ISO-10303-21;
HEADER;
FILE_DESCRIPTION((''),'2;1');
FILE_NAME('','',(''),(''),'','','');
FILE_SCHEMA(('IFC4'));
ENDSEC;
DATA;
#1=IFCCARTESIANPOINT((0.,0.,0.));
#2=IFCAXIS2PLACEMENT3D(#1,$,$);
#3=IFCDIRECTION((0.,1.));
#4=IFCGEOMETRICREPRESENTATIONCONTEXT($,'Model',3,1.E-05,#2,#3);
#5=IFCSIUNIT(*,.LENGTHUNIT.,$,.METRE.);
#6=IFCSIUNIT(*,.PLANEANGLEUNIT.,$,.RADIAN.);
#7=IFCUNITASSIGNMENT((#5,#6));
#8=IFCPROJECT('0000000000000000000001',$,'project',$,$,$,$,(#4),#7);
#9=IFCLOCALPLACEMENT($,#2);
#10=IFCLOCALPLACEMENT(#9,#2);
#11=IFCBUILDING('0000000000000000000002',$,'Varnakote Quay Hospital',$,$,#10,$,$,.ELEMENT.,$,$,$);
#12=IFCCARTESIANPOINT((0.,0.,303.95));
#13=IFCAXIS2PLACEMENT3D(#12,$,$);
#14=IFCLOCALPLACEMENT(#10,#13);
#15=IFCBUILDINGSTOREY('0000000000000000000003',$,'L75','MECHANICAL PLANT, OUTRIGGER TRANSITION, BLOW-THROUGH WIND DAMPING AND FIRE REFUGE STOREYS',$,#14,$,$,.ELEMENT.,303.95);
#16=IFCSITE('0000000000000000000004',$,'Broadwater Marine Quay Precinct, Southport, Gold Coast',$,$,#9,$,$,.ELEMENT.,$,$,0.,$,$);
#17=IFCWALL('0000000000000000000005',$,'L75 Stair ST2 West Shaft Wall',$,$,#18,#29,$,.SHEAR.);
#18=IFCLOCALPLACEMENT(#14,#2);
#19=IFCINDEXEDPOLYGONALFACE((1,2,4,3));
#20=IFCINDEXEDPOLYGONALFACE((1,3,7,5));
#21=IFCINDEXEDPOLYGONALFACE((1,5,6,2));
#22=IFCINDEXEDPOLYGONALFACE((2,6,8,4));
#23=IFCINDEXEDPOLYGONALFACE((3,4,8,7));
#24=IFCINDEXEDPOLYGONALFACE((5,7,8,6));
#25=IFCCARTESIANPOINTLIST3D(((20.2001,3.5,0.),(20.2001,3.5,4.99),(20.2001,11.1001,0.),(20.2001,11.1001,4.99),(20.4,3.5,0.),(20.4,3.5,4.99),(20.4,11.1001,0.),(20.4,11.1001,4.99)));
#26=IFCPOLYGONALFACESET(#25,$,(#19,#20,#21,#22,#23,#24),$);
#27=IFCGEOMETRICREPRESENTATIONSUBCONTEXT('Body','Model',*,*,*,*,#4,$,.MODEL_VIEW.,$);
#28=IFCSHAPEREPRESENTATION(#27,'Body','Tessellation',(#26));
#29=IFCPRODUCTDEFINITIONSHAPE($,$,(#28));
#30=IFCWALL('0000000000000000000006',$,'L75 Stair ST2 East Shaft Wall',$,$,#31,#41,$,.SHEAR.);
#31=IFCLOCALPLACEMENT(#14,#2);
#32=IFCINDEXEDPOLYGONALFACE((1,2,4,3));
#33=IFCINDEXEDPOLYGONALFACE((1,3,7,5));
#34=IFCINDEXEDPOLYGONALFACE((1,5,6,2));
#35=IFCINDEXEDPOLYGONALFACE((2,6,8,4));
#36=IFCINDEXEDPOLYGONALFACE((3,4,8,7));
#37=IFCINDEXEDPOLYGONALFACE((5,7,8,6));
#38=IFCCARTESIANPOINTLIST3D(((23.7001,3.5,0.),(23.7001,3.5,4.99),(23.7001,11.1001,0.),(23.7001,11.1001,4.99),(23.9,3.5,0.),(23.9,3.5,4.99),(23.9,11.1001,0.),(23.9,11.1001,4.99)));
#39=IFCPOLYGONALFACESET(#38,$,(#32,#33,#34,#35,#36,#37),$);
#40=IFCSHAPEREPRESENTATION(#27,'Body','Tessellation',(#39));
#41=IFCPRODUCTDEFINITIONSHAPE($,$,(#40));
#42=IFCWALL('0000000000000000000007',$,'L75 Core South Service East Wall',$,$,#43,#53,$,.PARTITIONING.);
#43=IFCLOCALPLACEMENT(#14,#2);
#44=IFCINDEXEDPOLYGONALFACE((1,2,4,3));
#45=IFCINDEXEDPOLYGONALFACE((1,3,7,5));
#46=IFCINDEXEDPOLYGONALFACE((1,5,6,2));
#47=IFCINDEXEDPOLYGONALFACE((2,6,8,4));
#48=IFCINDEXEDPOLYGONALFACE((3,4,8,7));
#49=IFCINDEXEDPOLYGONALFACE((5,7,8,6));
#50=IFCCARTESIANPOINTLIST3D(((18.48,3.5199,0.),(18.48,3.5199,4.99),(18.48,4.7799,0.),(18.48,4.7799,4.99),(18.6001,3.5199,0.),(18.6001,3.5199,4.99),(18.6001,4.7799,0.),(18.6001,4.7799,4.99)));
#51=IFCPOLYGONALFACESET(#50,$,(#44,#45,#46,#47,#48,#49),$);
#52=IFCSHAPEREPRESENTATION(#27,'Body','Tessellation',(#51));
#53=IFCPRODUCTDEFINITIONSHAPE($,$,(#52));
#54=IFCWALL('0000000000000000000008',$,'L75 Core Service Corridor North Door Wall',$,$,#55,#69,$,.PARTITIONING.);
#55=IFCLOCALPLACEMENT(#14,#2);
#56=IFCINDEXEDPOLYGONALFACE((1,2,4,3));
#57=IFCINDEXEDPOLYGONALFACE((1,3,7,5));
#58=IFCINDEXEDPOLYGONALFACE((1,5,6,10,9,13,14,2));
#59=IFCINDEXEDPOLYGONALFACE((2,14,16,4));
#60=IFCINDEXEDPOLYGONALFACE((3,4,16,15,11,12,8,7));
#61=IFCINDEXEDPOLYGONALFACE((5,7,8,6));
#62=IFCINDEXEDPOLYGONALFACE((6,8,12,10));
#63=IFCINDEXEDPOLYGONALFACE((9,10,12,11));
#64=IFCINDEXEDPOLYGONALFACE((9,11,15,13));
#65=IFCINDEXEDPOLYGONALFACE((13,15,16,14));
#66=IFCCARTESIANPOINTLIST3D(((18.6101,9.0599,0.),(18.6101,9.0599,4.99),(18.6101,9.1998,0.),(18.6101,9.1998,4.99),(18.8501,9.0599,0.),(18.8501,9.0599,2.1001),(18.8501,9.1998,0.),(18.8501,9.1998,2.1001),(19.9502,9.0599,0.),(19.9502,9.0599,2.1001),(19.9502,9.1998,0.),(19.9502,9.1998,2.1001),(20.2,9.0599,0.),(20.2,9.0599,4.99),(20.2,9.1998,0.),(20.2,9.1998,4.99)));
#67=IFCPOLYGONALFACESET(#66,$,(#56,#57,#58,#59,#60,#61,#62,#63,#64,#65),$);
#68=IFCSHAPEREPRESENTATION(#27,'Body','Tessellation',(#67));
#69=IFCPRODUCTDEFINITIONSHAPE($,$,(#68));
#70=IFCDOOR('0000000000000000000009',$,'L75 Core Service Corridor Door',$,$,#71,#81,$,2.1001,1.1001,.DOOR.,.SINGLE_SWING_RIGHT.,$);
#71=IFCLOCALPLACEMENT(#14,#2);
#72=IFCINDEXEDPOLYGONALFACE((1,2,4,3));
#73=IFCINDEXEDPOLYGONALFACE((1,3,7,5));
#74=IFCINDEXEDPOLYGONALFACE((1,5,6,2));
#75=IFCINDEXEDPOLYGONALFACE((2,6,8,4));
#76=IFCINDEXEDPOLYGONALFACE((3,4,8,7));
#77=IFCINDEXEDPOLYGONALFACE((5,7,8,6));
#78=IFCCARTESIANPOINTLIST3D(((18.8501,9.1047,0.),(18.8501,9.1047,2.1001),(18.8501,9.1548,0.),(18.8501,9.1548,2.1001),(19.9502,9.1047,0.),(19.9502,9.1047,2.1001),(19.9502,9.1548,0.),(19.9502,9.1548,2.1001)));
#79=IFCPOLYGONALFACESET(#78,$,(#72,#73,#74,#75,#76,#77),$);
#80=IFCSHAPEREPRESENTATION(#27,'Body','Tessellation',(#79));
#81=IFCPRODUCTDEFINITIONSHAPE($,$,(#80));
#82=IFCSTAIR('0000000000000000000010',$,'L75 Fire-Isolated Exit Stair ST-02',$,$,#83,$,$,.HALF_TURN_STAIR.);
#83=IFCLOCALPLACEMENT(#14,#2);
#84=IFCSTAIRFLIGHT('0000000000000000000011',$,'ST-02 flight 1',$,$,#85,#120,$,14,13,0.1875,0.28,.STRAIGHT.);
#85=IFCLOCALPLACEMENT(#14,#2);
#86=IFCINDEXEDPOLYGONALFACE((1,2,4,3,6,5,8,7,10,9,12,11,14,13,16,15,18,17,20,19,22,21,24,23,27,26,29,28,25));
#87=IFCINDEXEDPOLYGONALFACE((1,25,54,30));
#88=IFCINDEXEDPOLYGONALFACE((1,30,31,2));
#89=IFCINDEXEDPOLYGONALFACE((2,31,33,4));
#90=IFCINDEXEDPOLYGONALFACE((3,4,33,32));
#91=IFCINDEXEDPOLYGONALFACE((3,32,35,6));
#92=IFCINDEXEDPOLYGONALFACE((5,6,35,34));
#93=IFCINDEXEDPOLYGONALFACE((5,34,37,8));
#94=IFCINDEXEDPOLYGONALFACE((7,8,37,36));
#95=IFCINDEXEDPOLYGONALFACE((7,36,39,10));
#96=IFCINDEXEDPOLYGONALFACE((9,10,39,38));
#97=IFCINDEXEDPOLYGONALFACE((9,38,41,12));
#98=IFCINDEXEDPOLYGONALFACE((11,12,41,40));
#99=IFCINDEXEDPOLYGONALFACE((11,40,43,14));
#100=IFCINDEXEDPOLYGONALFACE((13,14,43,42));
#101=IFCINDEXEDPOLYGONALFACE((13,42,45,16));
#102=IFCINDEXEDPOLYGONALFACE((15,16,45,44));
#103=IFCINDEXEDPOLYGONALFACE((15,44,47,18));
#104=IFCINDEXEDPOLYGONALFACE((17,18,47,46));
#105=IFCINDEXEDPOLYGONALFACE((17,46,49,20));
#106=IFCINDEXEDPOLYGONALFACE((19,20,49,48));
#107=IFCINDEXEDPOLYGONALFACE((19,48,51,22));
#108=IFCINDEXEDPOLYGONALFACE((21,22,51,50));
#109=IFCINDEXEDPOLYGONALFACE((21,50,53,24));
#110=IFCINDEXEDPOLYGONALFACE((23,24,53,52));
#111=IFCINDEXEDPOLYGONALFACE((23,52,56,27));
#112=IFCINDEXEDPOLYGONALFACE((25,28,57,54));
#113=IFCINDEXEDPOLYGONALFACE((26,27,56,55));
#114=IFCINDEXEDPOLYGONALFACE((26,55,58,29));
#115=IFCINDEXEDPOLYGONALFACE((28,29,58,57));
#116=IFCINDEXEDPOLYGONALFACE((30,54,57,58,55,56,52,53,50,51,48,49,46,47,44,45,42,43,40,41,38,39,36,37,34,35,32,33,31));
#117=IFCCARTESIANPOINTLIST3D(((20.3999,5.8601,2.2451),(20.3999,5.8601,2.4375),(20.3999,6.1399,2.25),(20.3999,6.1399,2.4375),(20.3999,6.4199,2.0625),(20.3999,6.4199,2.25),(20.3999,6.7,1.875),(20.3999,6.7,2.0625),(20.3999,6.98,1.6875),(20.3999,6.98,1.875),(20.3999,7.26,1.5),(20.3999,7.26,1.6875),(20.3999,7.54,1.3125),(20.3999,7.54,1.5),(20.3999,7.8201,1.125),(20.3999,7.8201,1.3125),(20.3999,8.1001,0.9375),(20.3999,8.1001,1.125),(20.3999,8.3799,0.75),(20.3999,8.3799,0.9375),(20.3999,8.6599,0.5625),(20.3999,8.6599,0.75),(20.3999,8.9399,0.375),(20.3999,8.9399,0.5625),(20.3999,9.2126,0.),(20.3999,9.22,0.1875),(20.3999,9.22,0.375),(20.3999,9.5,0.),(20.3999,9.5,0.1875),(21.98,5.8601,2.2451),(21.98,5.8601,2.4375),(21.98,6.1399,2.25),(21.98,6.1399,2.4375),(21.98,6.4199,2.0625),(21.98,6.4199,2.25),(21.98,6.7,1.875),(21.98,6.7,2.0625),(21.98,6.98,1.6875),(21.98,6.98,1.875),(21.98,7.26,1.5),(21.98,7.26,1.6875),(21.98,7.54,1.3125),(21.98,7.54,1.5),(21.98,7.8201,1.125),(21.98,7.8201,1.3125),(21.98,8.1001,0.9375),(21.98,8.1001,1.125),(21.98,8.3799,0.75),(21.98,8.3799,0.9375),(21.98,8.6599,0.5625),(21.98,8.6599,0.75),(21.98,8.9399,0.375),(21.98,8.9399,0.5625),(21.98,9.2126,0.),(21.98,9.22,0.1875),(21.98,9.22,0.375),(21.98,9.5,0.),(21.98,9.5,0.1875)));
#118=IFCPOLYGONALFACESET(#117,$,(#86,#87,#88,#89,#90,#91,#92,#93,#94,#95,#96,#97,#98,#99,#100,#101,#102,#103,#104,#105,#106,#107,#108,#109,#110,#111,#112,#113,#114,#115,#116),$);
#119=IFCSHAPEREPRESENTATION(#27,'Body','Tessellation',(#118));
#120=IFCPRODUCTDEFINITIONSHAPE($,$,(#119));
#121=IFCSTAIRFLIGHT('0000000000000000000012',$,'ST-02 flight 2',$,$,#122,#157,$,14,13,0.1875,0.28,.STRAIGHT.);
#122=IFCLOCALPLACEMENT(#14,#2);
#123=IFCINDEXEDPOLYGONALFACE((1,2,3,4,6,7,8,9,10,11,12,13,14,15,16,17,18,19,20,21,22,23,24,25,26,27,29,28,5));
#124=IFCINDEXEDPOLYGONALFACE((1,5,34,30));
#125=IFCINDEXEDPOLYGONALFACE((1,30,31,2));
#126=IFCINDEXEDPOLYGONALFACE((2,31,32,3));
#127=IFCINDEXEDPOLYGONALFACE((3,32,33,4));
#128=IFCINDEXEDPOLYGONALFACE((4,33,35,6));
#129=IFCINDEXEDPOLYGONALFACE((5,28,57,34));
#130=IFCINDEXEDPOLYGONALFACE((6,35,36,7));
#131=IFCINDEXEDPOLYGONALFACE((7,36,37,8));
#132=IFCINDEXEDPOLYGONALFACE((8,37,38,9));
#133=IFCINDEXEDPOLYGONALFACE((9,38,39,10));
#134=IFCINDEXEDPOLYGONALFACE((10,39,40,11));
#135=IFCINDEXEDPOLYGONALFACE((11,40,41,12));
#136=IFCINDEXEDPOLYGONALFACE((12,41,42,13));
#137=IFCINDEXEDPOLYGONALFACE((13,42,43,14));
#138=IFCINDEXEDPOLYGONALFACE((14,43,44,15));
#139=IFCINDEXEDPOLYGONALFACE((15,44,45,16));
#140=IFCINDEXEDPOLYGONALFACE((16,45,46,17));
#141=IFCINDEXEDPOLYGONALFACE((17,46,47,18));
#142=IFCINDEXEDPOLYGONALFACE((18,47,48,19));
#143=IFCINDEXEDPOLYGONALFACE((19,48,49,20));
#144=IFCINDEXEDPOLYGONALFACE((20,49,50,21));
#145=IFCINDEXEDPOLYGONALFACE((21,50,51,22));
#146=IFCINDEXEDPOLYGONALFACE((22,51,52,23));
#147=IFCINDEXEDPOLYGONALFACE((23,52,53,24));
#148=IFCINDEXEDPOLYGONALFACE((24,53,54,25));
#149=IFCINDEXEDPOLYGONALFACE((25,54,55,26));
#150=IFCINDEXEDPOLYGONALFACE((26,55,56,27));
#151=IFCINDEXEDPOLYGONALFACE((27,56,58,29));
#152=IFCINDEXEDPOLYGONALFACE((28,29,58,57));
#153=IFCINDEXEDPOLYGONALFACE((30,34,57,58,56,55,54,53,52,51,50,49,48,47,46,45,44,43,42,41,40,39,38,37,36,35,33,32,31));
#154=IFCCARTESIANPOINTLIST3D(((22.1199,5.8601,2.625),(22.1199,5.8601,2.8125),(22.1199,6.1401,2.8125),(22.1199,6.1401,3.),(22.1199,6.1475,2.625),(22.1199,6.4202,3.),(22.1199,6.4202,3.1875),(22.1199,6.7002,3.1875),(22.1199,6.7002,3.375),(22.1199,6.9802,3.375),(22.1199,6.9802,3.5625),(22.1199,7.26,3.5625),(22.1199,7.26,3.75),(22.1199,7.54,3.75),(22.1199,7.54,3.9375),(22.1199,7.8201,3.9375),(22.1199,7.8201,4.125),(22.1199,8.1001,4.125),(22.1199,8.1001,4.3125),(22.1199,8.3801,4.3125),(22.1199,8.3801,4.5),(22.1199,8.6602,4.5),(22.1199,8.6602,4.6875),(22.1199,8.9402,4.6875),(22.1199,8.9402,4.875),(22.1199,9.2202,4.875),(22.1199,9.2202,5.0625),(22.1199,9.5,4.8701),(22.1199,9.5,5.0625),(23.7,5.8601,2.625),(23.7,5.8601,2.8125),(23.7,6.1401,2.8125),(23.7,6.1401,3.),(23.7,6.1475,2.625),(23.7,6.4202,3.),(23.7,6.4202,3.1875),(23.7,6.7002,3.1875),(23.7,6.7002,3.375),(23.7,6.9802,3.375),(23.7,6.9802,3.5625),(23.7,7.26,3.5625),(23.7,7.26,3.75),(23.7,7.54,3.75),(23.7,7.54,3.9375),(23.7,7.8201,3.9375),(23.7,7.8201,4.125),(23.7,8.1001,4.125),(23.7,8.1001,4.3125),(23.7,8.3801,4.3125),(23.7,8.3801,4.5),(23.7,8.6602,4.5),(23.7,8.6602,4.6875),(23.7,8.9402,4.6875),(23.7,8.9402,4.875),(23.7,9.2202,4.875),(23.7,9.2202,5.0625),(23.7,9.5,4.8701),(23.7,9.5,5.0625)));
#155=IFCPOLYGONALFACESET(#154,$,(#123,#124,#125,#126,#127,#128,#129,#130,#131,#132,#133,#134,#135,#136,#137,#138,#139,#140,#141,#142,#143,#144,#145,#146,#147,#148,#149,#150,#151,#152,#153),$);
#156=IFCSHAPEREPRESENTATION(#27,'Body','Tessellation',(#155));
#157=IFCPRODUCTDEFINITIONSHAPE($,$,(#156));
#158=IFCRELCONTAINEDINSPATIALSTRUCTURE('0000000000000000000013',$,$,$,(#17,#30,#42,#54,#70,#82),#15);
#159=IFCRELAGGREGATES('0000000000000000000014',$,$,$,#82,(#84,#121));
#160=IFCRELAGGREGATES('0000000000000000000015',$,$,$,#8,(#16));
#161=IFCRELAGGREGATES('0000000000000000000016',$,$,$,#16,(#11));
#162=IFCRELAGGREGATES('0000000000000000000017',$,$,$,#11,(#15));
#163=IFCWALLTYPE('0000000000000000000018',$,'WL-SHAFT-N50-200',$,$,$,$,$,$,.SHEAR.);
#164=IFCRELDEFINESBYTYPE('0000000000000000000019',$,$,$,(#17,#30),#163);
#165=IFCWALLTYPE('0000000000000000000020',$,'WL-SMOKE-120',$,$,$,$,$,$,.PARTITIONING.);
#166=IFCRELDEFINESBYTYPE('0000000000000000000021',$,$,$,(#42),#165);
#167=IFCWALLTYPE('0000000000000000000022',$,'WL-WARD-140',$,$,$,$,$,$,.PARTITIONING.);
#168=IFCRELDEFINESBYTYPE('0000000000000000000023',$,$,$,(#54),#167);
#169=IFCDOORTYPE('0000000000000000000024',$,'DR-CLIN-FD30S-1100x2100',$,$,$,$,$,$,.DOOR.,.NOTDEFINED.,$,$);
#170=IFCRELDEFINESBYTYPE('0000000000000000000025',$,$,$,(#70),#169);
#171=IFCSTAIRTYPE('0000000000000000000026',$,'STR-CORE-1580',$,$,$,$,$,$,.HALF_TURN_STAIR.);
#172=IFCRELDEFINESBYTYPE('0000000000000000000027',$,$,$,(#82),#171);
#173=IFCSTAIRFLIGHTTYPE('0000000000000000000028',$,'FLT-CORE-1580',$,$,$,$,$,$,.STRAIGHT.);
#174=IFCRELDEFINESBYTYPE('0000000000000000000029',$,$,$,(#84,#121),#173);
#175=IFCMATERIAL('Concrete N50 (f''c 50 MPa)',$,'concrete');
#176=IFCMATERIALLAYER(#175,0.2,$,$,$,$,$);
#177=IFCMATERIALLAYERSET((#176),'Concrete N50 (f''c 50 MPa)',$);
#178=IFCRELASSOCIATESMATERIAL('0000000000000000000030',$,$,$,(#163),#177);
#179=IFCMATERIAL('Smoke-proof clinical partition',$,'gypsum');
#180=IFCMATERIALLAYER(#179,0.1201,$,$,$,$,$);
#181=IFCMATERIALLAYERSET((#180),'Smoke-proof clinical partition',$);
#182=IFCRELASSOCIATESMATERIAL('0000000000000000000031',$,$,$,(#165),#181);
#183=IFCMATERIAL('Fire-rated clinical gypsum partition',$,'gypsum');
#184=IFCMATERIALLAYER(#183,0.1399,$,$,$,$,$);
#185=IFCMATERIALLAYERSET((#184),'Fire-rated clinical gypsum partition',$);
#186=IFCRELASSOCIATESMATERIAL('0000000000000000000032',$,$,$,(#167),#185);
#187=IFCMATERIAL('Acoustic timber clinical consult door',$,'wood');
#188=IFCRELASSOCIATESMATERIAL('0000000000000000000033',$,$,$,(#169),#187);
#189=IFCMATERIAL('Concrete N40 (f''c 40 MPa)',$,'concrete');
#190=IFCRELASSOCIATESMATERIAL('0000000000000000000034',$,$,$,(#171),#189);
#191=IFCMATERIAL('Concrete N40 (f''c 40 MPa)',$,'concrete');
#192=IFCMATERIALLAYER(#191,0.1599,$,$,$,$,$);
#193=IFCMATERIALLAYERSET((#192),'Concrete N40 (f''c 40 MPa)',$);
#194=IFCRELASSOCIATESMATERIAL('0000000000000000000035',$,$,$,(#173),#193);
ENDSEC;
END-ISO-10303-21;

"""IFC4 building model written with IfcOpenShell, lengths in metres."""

from ifc_helpers import new_model, si_unit, direction, frame, frame_2d, origin, place, context, subcontext, project, spatial, polyline, rectangle, outline, extrude, material, layer, layer_set, type_object, element, fill, aggregate, save


model = new_model("IFC4")

# Units and contexts
model_context = context("Model", 3, precision=1e-05, world=origin(), true_north=direction((0.0, 1.0)))
body_context = subcontext(model_context, "Body", "Model", "MODEL_VIEW")
ifc_project = project(units=[si_unit("LENGTHUNIT", "METRE"), si_unit("PLANEANGLEUNIT", "RADIAN")], contexts=[model_context])

# Site, building, storey
site_placement = place(None, origin())
site = spatial("IfcSite", under=ifc_project, at=site_placement, Name="Broadwater Marine Quay Precinct, Southport, Gold Coast", CompositionType="ELEMENT", RefElevation=0.0)
building_placement = place(site_placement, origin())
building = spatial("IfcBuilding", under=site, at=building_placement, Name="Varnakote Quay Hospital", CompositionType="ELEMENT")
storey_placement = place(building_placement, frame((0.0, 0.0, 303.95)))
storey = spatial("IfcBuildingStorey", under=building, at=storey_placement, Name="L75", Description="MECHANICAL PLANT, OUTRIGGER TRANSITION, BLOW-THROUGH WIND DAMPING AND FIRE REFUGE STOREYS", CompositionType="ELEMENT", Elevation=303.95)

# Walls
ifc_material_1 = material(Name="Concrete N50 (f'c 50 MPa)", Category="concrete")
ifc_layer_1 = layer(ifc_material_1, 0.2)
ifc_layer_set_1 = layer_set([ifc_layer_1], Name="Concrete N50 (f'c 50 MPa)")
wall_type_1 = type_object("IfcWallType", Name="WL-SHAFT-N50-200", PredefinedType="SHEAR", material=ifc_layer_set_1)
for number, where, z_axis, x_axis, name in (
    (1, (20.3, 3.5, 0.0), (0.0, 0.0, 1.0), (0.0, 1.0, 0.0), "L75 Stair ST2 West Shaft Wall"),
    (2, (23.8, 3.5, 0.0), (0.0, 0.0, 1.0), (0.0, 1.0, 0.0), "L75 Stair ST2 East Shaft Wall"),
):
    element("IfcWall", number, at=place(storey_placement, frame(where, z_axis=z_axis, x_axis=x_axis)), inside=storey, type_object=wall_type_1, Name=name, PredefinedType="SHEAR", context=body_context, shape_type="SweptSolid", body=[
        extrude(rectangle(XDim=7.6001, YDim=0.2, at=frame_2d((3.8, 0.0))), origin(), (0.0, 0.0, 1.0), 4.99),
    ])

# Wall
ifc_material_2 = material(Name="Smoke-proof clinical partition", Category="gypsum")
ifc_layer_2 = layer(ifc_material_2, 0.1201)
ifc_layer_set_2 = layer_set([ifc_layer_2], Name="Smoke-proof clinical partition")
wall_type_2 = type_object("IfcWallType", Name="WL-SMOKE-120", PredefinedType="PARTITIONING", material=ifc_layer_set_2)
wall_1_placement = place(storey_placement, frame((18.54, 3.52, 0.0), z_axis=(0.0, 0.0, 1.0), x_axis=(0.0, 1.0, 0.0)))
element("IfcWall", 3, at=wall_1_placement, inside=storey, type_object=wall_type_2, Name="L75 Core South Service East Wall", PredefinedType="PARTITIONING", context=body_context, shape_type="SweptSolid", body=[
    extrude(rectangle(XDim=1.26, YDim=0.1201, at=frame_2d((0.6299, 0.0))), origin(), (0.0, 0.0, 1.0), 4.99),
])

# Wall, opening, door
ifc_material_3 = material(Name="Fire-rated clinical gypsum partition", Category="gypsum")
ifc_layer_3 = layer(ifc_material_3, 0.1399)
ifc_layer_set_3 = layer_set([ifc_layer_3], Name="Fire-rated clinical gypsum partition")
wall_type_3 = type_object("IfcWallType", Name="WL-WARD-140", PredefinedType="PARTITIONING", material=ifc_layer_set_3)
wall_2_placement = place(storey_placement, frame((18.6101, 9.1299, 0.0), z_axis=(0.0, 0.0, 1.0), x_axis=(1.0, 0.0, 0.0)))
wall_2 = element("IfcWall", 4, at=wall_2_placement, inside=storey, type_object=wall_type_3, Name="L75 Core Service Corridor North Door Wall", PredefinedType="PARTITIONING", context=body_context, shape_type="SweptSolid", body=[
    extrude(rectangle(XDim=1.5898, YDim=0.1399, at=frame_2d((0.7949, 0.0))), origin(), (0.0, 0.0, 1.0), 4.99),
])
opening_1_placement = place(wall_2_placement, frame((0.24, 0.0, 0.0)))
opening_1 = element("IfcOpeningElement", 5, at=opening_1_placement, cuts=wall_2, PredefinedType="OPENING", context=body_context, shape_type="SweptSolid", body=[
    extrude(rectangle(XDim=1.1001, YDim=2.1001, at=frame_2d((0.55, 1.05))), frame((0.0, 0.0798, 0.0), z_axis=(0.0, -1.0, 0.0), x_axis=(1.0, 0.0, 0.0)), (0.0, 0.0, 1.0), 0.1599),
])
ifc_material_4 = material(Name="Acoustic timber clinical consult door", Category="wood")
door_type_1 = type_object("IfcDoorType", Name="DR-CLIN-FD30S-1100x2100", OperationType="NOTDEFINED", PredefinedType="DOOR", material=ifc_material_4)
door_1_placement = place(opening_1_placement, origin())
door_1 = element("IfcDoor", 6, at=door_1_placement, inside=storey, type_object=door_type_1, Name="L75 Core Service Corridor Door", OperationType="SINGLE_SWING_RIGHT", OverallHeight=2.1001, OverallWidth=1.1001, PredefinedType="DOOR", context=body_context, shape_type="SweptSolid", body=[
    extrude(rectangle(XDim=1.1001, YDim=2.1001, at=frame_2d((0.55, 1.05))), frame((0.0, 0.0249, 0.0), z_axis=(0.0, -1.0, 0.0), x_axis=(1.0, 0.0, 0.0)), (0.0, 0.0, 1.0), 0.05),
])
fill(opening_1, door_1)

# Stair, stair flights
ifc_material_5 = material(Name="Concrete N40 (f'c 40 MPa)", Category="concrete")
stair_type = type_object("IfcStairType", Name="STR-CORE-1580", PredefinedType="HALF_TURN_STAIR", material=ifc_material_5)
stair_placement = place(storey_placement, origin())
stair = element("IfcStair", 7, at=stair_placement, inside=storey, type_object=stair_type, Name="L75 Fire-Isolated Exit Stair ST-02", PredefinedType="HALF_TURN_STAIR")
ifc_material_6 = material(Name="Concrete N40 (f'c 40 MPa)", Category="concrete")
ifc_layer_4 = layer(ifc_material_6, 0.1599)
ifc_layer_set_4 = layer_set([ifc_layer_4], Name="Concrete N40 (f'c 40 MPa)")
stair_flight_type = type_object("IfcStairFlightType", Name="FLT-CORE-1580", PredefinedType="STRAIGHT", material=ifc_layer_set_4)
stair_flight_1_placement = place(storey_placement, frame((21.1899, 9.5, 0.0), z_axis=(0.0, 0.0, 1.0), x_axis=(0.0, -1.0, 0.0)))
stair_flight_1 = element("IfcStairFlight", 8, at=stair_flight_1_placement, type_object=stair_flight_type, Name="ST-02 flight 1", NumberOfRisers=14, NumberOfTreads=13, PredefinedType="STRAIGHT", RiserHeight=0.1875, TreadLength=0.28, context=body_context, shape_type="SweptSolid", body=[
    extrude(outline(polyline([(0.0, 0.0), (0.0, 0.1875), (0.28, 0.1875), (0.28, 0.375), (0.5601, 0.375), (0.5601, 0.5625), (0.8401, 0.5625), (0.8401, 0.75), (1.1201, 0.75), (1.1201, 0.9375), (1.3999, 0.9375), (1.3999, 1.125), (1.6799, 1.125), (1.6799, 1.3125), (1.96, 1.3125), (1.96, 1.5), (2.24, 1.5), (2.24, 1.6875), (2.52, 1.6875), (2.52, 1.875), (2.8, 1.875), (2.8, 2.0625), (3.0801, 2.0625), (3.0801, 2.25), (3.3601, 2.25), (3.3601, 2.4375), (3.6399, 2.4375), (3.6399, 2.625), (3.6399, 2.2451), (0.2874, 0.0), (0.0, 0.0)])), frame((0.0, 0.79, 0.0), z_axis=(0.0, -1.0, 0.0), x_axis=(1.0, 0.0, 0.0)), (0.0, 0.0, 1.0), 1.5801),
])
stair_flight_2_placement = place(storey_placement, frame((22.9099, 5.8601, 2.625), z_axis=(0.0, 0.0, 1.0), x_axis=(0.0, 1.0, 0.0)))
stair_flight_2 = element("IfcStairFlight", 9, at=stair_flight_2_placement, type_object=stair_flight_type, Name="ST-02 flight 2", NumberOfRisers=14, NumberOfTreads=13, PredefinedType="STRAIGHT", RiserHeight=0.1875, TreadLength=0.28, context=body_context, shape_type="SweptSolid", body=[
    extrude(outline(polyline([(0.0, 0.0), (0.0, 0.1875), (0.28, 0.1875), (0.28, 0.375), (0.5601, 0.375), (0.5601, 0.5625), (0.8401, 0.5625), (0.8401, 0.75), (1.1201, 0.75), (1.1201, 0.9375), (1.3999, 0.9375), (1.3999, 1.125), (1.6799, 1.125), (1.6799, 1.3125), (1.96, 1.3125), (1.96, 1.5), (2.24, 1.5), (2.24, 1.6875), (2.52, 1.6875), (2.52, 1.875), (2.8, 1.875), (2.8, 2.0625), (3.0801, 2.0625), (3.0801, 2.25), (3.3601, 2.25), (3.3601, 2.4375), (3.6399, 2.4375), (3.6399, 2.625), (3.6399, 2.2451), (0.2874, 0.0), (0.0, 0.0)])), frame((0.0, 0.79, 0.0), z_axis=(0.0, -1.0, 0.0), x_axis=(1.0, 0.0, 0.0)), (0.0, 0.0, 1.0), 1.5801),
])
aggregate(stair, [stair_flight_1, stair_flight_2])

save(model, "model.ifc")
